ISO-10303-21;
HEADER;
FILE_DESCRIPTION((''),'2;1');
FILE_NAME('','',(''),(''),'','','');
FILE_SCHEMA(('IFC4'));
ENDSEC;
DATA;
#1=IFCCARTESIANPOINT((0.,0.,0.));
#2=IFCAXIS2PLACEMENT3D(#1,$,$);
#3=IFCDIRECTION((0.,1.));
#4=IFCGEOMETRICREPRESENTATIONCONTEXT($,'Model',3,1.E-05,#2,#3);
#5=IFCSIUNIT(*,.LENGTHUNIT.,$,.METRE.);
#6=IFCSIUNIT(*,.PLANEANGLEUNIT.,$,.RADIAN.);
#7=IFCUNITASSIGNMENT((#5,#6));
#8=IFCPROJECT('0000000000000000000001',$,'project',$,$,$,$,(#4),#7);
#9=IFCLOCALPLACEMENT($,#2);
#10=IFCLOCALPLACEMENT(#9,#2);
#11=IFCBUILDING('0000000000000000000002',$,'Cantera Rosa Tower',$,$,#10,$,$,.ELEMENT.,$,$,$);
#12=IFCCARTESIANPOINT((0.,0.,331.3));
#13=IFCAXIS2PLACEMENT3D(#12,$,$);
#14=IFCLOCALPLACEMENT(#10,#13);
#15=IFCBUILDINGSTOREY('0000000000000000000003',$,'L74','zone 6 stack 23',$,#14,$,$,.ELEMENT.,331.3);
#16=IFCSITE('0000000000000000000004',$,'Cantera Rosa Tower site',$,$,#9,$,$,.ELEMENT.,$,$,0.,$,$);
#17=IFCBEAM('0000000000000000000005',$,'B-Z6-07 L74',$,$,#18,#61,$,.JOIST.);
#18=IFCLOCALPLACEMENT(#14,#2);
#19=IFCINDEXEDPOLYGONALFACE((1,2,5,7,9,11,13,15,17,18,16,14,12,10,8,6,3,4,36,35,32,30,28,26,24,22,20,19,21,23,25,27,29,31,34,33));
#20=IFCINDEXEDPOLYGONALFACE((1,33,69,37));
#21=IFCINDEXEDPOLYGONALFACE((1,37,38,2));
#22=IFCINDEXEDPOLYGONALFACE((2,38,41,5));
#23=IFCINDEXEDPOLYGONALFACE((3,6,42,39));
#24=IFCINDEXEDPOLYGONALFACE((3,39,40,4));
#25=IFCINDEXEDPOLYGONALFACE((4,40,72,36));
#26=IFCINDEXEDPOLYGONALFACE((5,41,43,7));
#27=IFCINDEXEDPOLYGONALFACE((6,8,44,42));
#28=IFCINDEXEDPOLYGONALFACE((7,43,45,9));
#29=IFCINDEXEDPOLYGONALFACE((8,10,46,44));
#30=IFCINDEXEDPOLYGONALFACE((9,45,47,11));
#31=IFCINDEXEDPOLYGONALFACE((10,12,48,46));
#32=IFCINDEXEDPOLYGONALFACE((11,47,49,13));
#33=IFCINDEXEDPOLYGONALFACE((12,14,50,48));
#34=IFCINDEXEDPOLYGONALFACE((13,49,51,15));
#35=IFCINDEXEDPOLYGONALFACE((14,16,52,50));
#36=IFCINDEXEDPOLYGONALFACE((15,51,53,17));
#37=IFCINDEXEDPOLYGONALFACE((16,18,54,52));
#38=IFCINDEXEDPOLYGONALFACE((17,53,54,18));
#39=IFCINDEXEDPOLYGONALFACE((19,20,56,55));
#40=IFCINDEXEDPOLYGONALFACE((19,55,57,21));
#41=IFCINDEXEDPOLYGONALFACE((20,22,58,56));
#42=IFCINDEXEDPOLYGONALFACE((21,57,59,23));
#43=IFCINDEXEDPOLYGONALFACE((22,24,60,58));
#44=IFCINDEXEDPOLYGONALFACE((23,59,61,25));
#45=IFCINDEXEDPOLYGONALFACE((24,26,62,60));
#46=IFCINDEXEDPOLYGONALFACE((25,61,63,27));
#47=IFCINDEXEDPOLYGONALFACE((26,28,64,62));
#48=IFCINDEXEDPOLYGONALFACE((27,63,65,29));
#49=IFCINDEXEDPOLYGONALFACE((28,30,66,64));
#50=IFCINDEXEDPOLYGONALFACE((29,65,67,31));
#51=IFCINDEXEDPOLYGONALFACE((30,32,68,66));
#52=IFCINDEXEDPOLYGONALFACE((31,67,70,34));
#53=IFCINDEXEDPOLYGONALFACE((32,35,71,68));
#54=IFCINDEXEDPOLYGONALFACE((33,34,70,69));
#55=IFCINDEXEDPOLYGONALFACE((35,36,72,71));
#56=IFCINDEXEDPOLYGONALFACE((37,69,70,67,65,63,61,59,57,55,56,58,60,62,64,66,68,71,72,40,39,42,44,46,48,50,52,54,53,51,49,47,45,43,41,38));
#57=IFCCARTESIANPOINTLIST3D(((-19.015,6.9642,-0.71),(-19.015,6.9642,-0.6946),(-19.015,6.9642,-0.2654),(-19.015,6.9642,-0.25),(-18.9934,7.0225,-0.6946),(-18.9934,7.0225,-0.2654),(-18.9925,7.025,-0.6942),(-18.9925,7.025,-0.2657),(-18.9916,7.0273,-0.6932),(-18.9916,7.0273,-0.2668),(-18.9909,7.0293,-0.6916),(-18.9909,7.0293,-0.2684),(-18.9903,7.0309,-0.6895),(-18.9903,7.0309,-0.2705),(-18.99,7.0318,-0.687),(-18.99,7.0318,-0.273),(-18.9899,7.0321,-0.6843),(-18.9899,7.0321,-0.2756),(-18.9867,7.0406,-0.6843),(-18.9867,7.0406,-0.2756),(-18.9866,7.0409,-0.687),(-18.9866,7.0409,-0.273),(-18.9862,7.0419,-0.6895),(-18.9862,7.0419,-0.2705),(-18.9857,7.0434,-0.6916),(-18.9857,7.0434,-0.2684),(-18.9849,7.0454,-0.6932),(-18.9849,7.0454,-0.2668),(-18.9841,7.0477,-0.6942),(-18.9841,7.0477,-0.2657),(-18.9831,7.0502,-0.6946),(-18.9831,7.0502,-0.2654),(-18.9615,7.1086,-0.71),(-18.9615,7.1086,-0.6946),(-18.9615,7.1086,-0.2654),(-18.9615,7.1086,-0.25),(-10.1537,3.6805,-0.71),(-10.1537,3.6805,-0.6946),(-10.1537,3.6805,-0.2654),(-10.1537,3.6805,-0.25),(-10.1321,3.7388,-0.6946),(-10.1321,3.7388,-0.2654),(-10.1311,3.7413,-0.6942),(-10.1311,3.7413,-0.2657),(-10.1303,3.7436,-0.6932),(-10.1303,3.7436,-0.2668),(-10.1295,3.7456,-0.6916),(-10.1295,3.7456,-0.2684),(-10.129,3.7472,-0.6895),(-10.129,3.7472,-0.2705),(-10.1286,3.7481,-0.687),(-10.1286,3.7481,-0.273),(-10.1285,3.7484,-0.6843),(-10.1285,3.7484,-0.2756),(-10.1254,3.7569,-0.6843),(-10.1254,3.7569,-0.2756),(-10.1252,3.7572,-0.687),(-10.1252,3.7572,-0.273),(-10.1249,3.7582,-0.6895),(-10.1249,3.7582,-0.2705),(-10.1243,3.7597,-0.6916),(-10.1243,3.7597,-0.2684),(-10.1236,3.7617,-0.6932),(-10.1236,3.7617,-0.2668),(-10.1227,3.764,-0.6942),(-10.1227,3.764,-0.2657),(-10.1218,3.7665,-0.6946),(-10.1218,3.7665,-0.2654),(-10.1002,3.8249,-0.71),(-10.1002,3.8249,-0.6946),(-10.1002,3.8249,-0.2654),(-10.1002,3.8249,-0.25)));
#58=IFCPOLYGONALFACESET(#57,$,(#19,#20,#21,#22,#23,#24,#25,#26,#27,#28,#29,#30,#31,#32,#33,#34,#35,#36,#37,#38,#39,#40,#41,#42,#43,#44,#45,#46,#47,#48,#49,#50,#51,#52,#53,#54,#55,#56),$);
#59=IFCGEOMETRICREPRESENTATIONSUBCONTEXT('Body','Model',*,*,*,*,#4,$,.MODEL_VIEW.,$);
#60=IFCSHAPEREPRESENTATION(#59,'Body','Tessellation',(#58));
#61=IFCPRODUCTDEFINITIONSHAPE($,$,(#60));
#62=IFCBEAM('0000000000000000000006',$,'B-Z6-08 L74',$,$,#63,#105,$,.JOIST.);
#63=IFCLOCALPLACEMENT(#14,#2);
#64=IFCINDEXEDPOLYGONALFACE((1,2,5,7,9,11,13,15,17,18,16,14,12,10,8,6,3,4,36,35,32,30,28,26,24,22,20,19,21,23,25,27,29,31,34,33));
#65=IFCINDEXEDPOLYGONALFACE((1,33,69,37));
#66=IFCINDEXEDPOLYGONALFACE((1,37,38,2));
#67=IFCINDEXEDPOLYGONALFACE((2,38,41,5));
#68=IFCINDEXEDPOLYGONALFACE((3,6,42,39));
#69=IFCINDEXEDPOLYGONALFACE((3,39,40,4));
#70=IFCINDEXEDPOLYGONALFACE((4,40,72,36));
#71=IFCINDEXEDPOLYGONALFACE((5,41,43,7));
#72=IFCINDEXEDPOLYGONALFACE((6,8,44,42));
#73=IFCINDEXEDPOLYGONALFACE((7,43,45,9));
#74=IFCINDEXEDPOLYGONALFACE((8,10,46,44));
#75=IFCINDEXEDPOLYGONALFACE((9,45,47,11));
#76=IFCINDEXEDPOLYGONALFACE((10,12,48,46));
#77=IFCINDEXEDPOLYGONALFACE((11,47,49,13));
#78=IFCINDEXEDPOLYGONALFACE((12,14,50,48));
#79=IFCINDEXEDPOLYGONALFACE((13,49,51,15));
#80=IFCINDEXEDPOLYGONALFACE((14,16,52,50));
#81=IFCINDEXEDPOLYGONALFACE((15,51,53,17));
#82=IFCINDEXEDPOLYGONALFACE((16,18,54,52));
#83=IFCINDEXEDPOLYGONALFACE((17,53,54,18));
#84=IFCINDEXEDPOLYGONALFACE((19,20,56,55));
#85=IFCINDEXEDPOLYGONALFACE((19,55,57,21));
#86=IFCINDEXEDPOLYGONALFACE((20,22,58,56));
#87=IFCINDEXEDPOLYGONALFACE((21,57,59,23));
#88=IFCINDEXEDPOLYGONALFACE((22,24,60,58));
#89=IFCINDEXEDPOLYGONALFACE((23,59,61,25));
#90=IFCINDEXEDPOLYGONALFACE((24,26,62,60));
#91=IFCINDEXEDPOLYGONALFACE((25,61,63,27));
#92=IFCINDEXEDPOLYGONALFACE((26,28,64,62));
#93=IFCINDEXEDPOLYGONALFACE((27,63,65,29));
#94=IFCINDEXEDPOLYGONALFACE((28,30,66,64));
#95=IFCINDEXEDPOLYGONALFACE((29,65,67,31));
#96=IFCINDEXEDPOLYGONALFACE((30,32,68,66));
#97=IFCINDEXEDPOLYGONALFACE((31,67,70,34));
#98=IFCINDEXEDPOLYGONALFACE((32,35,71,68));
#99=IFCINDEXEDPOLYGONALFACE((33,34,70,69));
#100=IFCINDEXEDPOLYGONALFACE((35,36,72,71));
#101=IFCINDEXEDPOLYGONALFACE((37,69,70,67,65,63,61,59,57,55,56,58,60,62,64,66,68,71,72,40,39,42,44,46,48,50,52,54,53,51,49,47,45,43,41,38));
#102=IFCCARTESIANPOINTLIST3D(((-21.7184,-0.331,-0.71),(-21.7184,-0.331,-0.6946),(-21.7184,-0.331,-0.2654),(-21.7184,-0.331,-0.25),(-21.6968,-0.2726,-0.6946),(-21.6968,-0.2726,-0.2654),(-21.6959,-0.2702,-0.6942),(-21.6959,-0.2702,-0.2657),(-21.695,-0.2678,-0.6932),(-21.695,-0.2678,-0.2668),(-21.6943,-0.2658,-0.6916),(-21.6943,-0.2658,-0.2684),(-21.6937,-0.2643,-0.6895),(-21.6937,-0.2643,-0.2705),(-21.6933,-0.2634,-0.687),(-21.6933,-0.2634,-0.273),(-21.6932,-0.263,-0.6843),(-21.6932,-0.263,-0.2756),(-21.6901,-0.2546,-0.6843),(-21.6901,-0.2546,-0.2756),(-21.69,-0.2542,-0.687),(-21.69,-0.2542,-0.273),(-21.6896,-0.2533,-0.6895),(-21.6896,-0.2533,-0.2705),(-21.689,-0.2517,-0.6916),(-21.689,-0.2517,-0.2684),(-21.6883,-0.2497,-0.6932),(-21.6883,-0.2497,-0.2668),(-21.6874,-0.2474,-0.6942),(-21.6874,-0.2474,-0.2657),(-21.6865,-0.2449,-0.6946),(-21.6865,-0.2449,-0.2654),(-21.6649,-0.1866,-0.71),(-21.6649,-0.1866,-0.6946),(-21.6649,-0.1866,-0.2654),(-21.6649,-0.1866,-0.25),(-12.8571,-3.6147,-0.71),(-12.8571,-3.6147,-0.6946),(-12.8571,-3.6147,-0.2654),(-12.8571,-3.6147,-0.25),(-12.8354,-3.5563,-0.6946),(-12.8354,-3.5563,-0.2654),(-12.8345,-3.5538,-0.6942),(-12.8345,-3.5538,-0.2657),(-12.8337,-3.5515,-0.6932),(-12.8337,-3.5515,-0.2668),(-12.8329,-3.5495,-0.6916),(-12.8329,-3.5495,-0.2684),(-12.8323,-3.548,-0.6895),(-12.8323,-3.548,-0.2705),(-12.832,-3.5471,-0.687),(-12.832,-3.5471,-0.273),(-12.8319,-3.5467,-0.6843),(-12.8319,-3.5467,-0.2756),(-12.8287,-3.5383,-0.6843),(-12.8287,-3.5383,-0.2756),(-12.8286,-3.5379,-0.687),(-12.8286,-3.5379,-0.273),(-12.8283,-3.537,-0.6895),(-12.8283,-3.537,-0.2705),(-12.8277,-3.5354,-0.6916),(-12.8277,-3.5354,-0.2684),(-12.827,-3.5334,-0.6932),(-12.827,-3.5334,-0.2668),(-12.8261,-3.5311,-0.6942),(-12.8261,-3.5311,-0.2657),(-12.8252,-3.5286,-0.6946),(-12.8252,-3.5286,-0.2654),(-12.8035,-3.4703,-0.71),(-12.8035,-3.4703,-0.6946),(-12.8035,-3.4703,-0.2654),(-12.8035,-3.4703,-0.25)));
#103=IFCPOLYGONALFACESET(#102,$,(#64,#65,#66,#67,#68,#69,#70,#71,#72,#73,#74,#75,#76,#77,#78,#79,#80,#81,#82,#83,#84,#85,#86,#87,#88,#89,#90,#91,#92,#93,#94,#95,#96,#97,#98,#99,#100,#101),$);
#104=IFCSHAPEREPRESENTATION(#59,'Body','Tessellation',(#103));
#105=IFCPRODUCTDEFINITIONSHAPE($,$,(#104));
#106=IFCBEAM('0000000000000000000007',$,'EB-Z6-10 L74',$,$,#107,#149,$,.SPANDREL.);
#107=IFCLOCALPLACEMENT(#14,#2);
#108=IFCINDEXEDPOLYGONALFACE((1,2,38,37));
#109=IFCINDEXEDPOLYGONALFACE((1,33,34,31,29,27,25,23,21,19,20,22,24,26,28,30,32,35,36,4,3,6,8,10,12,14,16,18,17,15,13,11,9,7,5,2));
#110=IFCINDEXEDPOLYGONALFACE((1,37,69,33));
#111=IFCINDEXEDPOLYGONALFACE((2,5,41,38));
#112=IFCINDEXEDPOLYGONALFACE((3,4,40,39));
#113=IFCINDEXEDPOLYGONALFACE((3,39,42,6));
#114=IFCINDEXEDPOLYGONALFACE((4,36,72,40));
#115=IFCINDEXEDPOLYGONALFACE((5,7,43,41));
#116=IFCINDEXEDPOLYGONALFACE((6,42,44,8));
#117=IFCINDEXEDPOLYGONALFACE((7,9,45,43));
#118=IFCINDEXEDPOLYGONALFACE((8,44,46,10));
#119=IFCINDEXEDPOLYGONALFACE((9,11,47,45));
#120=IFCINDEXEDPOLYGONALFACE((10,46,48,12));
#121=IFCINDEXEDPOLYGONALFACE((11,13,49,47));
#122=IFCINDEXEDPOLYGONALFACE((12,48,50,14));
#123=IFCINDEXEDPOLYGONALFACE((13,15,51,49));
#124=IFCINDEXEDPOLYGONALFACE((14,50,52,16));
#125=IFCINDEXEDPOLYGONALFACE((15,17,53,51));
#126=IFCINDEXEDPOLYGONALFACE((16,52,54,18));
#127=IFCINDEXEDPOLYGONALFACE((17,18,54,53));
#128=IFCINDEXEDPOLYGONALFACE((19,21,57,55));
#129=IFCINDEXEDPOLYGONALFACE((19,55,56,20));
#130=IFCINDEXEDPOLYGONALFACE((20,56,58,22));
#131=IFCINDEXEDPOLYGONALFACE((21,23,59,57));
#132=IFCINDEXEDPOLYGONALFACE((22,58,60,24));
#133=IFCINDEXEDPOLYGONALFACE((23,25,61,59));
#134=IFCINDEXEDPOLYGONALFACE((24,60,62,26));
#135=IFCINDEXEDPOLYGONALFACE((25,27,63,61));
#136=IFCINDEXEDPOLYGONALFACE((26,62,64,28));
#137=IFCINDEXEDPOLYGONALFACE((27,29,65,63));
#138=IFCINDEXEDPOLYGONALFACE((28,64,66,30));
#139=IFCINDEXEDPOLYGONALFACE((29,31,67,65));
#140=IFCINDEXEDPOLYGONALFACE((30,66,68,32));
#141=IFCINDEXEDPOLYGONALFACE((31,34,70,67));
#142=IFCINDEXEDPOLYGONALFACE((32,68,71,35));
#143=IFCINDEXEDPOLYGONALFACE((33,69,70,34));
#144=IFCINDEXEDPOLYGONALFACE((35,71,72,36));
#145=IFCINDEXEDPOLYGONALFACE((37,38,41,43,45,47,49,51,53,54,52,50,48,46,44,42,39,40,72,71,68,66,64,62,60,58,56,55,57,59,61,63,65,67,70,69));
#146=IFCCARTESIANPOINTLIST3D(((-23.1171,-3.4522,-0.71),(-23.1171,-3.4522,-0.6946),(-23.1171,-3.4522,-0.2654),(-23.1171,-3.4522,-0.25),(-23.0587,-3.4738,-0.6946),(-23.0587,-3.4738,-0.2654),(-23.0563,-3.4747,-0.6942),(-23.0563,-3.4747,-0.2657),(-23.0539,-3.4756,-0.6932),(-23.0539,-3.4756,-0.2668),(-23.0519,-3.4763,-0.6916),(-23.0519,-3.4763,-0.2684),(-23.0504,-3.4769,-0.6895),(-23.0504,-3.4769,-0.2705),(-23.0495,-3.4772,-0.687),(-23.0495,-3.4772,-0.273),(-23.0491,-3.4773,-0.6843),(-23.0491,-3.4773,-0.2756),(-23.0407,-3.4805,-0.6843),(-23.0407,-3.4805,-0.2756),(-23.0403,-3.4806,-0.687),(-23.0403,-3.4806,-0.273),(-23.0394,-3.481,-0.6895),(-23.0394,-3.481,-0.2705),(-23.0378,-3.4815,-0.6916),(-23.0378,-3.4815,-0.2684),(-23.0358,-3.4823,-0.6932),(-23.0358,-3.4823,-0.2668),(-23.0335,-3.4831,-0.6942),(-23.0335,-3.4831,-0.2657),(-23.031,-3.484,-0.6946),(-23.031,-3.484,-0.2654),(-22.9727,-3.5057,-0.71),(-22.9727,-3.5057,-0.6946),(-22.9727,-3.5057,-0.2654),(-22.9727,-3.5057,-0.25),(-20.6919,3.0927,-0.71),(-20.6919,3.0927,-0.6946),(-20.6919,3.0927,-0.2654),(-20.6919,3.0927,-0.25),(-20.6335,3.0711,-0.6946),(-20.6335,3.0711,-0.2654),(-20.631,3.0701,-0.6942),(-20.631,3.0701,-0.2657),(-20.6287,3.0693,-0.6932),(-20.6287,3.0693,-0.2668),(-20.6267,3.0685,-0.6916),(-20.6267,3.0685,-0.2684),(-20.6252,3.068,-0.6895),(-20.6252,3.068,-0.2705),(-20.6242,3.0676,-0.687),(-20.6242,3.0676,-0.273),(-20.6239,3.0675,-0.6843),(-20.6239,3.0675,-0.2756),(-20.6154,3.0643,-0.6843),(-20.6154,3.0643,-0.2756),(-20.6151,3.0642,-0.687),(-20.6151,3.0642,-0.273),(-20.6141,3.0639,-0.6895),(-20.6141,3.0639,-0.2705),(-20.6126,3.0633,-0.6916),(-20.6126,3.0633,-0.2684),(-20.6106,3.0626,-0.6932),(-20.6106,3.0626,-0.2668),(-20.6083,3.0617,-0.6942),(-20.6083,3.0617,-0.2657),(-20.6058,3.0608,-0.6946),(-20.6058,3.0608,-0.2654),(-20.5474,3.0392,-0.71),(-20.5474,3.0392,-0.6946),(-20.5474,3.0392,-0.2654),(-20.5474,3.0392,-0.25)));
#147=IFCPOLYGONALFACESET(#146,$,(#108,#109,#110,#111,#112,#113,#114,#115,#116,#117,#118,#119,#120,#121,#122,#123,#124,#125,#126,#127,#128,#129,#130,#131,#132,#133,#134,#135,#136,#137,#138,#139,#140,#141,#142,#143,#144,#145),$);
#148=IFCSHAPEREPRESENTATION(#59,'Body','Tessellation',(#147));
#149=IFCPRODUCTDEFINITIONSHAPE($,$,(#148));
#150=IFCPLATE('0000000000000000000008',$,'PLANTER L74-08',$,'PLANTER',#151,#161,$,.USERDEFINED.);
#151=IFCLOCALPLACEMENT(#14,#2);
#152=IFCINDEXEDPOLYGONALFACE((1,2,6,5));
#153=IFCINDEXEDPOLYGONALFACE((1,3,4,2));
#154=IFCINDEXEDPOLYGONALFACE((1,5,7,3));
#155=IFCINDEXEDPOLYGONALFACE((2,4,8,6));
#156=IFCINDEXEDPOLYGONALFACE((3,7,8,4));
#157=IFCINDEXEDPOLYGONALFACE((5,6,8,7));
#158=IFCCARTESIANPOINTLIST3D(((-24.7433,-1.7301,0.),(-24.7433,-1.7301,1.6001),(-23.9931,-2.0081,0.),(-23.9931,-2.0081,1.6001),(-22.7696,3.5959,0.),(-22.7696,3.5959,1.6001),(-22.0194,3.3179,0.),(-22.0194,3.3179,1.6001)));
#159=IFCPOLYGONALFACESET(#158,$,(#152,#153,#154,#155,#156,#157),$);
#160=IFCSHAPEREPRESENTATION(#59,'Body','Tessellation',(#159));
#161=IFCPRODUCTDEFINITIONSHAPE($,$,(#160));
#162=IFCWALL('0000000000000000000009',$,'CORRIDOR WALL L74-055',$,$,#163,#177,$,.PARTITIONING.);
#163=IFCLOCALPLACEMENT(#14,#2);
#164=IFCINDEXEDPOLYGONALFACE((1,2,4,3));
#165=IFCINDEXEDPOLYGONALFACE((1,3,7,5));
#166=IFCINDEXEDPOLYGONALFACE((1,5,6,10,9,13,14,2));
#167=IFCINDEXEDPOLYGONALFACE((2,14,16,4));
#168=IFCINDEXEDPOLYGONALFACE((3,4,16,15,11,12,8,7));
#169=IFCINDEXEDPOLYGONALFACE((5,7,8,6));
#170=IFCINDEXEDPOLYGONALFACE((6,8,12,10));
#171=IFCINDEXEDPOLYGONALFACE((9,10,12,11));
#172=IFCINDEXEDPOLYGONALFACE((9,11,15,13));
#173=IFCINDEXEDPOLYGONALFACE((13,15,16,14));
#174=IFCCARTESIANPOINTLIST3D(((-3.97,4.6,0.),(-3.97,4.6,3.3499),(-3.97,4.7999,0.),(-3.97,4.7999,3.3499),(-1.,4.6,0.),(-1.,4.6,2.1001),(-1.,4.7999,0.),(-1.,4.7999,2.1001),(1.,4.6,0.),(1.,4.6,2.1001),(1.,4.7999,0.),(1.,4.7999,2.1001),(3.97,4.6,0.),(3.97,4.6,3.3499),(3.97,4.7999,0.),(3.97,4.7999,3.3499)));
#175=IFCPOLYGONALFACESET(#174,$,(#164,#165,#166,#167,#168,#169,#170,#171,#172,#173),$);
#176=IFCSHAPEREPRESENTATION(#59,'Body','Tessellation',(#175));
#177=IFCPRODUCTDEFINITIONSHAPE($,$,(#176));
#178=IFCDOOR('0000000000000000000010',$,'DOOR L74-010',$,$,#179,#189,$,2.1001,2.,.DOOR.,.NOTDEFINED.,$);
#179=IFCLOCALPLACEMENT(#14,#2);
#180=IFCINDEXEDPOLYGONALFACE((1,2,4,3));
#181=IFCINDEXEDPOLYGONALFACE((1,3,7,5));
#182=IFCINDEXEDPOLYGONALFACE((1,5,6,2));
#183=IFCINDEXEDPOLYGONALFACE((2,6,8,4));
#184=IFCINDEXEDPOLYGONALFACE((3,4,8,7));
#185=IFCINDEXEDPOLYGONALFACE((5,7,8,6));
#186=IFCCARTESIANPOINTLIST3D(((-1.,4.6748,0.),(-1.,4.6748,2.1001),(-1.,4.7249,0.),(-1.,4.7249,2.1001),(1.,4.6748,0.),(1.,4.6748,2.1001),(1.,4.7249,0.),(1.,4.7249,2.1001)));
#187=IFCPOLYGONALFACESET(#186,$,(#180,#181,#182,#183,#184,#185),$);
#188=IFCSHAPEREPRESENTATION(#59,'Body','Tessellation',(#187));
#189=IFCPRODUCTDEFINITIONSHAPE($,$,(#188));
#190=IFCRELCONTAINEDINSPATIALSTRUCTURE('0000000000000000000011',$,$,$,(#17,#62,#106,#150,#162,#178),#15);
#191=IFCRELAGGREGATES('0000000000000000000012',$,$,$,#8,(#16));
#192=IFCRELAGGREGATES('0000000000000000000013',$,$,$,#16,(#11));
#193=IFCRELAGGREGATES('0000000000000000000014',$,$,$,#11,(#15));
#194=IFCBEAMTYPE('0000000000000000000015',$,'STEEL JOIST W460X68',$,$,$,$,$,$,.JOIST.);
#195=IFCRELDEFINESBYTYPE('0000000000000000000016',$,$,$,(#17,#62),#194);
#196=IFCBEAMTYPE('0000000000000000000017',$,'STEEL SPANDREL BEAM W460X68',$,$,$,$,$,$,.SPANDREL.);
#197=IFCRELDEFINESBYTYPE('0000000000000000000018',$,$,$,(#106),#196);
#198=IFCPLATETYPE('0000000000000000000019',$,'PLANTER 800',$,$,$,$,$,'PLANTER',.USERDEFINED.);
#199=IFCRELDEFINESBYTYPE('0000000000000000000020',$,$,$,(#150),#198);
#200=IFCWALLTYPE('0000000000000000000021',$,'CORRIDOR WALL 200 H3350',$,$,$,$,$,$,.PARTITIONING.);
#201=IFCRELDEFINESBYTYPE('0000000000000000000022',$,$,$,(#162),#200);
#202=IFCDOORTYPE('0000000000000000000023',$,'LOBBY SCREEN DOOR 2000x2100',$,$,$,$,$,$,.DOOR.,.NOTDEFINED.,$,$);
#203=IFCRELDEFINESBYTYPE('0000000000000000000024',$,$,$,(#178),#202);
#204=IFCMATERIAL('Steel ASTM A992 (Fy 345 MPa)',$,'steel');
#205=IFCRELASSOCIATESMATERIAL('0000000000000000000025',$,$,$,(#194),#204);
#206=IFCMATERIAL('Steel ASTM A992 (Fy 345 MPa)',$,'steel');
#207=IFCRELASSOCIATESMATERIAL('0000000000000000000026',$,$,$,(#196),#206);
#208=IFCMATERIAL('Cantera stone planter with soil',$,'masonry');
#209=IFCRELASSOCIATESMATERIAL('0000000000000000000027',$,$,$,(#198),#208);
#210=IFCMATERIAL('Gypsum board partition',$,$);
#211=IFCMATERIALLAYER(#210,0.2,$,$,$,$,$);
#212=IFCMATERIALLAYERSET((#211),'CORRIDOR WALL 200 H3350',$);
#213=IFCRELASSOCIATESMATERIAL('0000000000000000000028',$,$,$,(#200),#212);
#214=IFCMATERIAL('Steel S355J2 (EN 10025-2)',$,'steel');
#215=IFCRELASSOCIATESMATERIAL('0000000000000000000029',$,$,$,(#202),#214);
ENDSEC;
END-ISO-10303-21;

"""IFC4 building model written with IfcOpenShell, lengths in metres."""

from ifc_helpers import new_model, si_unit, direction, frame, frame_2d, origin, origin_2d, place, context, subcontext, project, spatial, rectangle, i_section, extrude, material, layer, layer_set, material_profile, profile_set, type_object, element, fill, save


model = new_model("IFC4")

# Units and contexts
model_context = context("Model", 3, precision=1e-05, world=origin(), true_north=direction((0.0, 1.0)))
body_context = subcontext(model_context, "Body", "Model", "MODEL_VIEW")
ifc_project = project(units=[si_unit("LENGTHUNIT", "METRE"), si_unit("PLANEANGLEUNIT", "RADIAN")], contexts=[model_context])

# Site, building, storey
site_placement = place(None, origin())
site = spatial("IfcSite", under=ifc_project, at=site_placement, Name="Cantera Rosa Tower site", CompositionType="ELEMENT", RefElevation=0.0)
building_placement = place(site_placement, origin())
building = spatial("IfcBuilding", under=site, at=building_placement, Name="Cantera Rosa Tower", CompositionType="ELEMENT")
storey_placement = place(building_placement, frame((0.0, 0.0, 331.3)))
storey = spatial("IfcBuildingStorey", under=building, at=storey_placement, Name="L74", Description="zone 6 stack 23", CompositionType="ELEMENT", Elevation=331.3)

# Beams
ifc_material_1 = material(Name="Steel ASTM A992 (Fy 345 MPa)", Category="steel")
ifc_material_profile_1 = material_profile(ifc_material_1, i_section(OverallWidth=0.1541, OverallDepth=0.46, WebThickness=0.009, FlangeThickness=0.0154, FilletRadius=0.0103, at=origin_2d()), Name="W460X68")
ifc_profile_set_1 = profile_set([ifc_material_profile_1], Name="Steel ASTM A992 (Fy 345 MPa)")
beam_type_1 = type_object("IfcBeamType", Name="STEEL JOIST W460X68", PredefinedType="JOIST", material=ifc_profile_set_1)
for number, where, z_axis, x_axis, name in (
    (1, (-18.9883, 7.0364, -0.48), (0.93769, -0.347474, 0.0), (0.347474, 0.93769, 0.0), "B-Z6-07 L74"),
    (2, (-21.6917, -0.2588, -0.48), (0.93769, -0.347474, 0.0), (0.347474, 0.93769, 0.0), "B-Z6-08 L74"),
):
    element("IfcBeam", number, at=place(storey_placement, frame(where, z_axis=z_axis, x_axis=x_axis)), inside=storey, type_object=beam_type_1, Name=name, PredefinedType="JOIST", context=body_context, shape_type="SweptSolid", body=[
        extrude(i_section(OverallWidth=0.1541, OverallDepth=0.46, WebThickness=0.009, FlangeThickness=0.0154, FilletRadius=0.0103, at=origin_2d()), origin(), (0.0, 0.0, 1.0), 9.4502),
    ])
ifc_material_2 = material(Name="Steel ASTM A992 (Fy 345 MPa)", Category="steel")
ifc_material_profile_2 = material_profile(ifc_material_2, i_section(OverallWidth=0.1541, OverallDepth=0.46, WebThickness=0.009, FlangeThickness=0.0154, FilletRadius=0.0103, at=origin_2d()), Name="W460X68")
ifc_profile_set_2 = profile_set([ifc_material_profile_2], Name="Steel ASTM A992 (Fy 345 MPa)")
beam_type_2 = type_object("IfcBeamType", Name="STEEL SPANDREL BEAM W460X68", PredefinedType="SPANDREL", material=ifc_profile_set_2)
beam_1_placement = place(storey_placement, frame((-20.6196, 3.0659, -0.48), z_axis=(-0.347472, -0.937691, 0.0), x_axis=(0.937691, -0.347472, 0.0)))
element("IfcBeam", 3, at=beam_1_placement, inside=storey, type_object=beam_type_2, Name="EB-Z6-10 L74", PredefinedType="SPANDREL", context=body_context, shape_type="SweptSolid", body=[
    extrude(i_section(OverallWidth=0.1541, OverallDepth=0.46, WebThickness=0.009, FlangeThickness=0.0154, FilletRadius=0.0103, at=origin_2d()), origin(), (0.0, 0.0, 1.0), 6.9797),
])

# Plate
ifc_material_3 = material(Name="Cantera stone planter with soil", Category="masonry")
plate_type = type_object("IfcPlateType", Name="PLANTER 800", ElementType="PLANTER", PredefinedType="USERDEFINED", material=ifc_material_3)
plate_placement = place(storey_placement, frame((-23.3813, 0.7939, 0.0), z_axis=(0.0, 0.0, 1.0), x_axis=(-0.347481, -0.937687, 0.0)))
element("IfcPlate", 4, at=plate_placement, inside=storey, type_object=plate_type, Name="PLANTER L74-08", ObjectType="PLANTER", PredefinedType="USERDEFINED", context=body_context, shape_type="SweptSolid", body=[
    extrude(rectangle(XDim=5.6799, YDim=0.8, at=origin_2d()), origin(), (0.0, 0.0, 1.0), 1.6001),
])

# Wall, opening, door
ifc_material_4 = material(Name="Gypsum board partition")
ifc_layer_1 = layer(ifc_material_4, 0.2)
ifc_layer_set_1 = layer_set([ifc_layer_1], Name="CORRIDOR WALL 200 H3350")
wall_type_1 = type_object("IfcWallType", Name="CORRIDOR WALL 200 H3350", PredefinedType="PARTITIONING", material=ifc_layer_set_1)
wall_1_placement = place(storey_placement, frame((-3.97, 4.7, 0.0), z_axis=(0.0, 0.0, 1.0), x_axis=(1.0, 0.0, 0.0)))
wall_1 = element("IfcWall", 5, at=wall_1_placement, inside=storey, type_object=wall_type_1, Name="CORRIDOR WALL L74-055", PredefinedType="PARTITIONING", context=body_context, shape_type="SweptSolid", body=[
    extrude(rectangle(XDim=7.9399, YDim=0.2, at=frame_2d((3.97, 0.0))), origin(), (0.0, 0.0, 1.0), 3.3499),
])
opening_1_placement = place(wall_1_placement, frame((2.97, 0.0, 0.0)))
opening_1 = element("IfcOpeningElement", 6, at=opening_1_placement, cuts=wall_1, PredefinedType="OPENING", context=body_context, shape_type="SweptSolid", body=[
    extrude(rectangle(XDim=2.0, YDim=2.1001, at=frame_2d((1.0, 1.05))), frame((0.0, 0.1099, 0.0), z_axis=(0.0, -1.0, 0.0), x_axis=(1.0, 0.0, 0.0)), (0.0, 0.0, 1.0), 0.22),
])
ifc_material_5 = material(Name="Steel S355J2 (EN 10025-2)", Category="steel")
door_type_1 = type_object("IfcDoorType", Name="LOBBY SCREEN DOOR 2000x2100", OperationType="NOTDEFINED", PredefinedType="DOOR", material=ifc_material_5)
door_1_placement = place(opening_1_placement, origin())
door_1 = element("IfcDoor", 7, at=door_1_placement, inside=storey, type_object=door_type_1, Name="DOOR L74-010", OperationType="NOTDEFINED", OverallHeight=2.1001, OverallWidth=2.0, PredefinedType="DOOR", context=body_context, shape_type="SweptSolid", body=[
    extrude(rectangle(XDim=2.0, YDim=2.1001, at=frame_2d((1.0, 1.05))), frame((0.0, 0.0249, 0.0), z_axis=(0.0, -1.0, 0.0), x_axis=(1.0, 0.0, 0.0)), (0.0, 0.0, 1.0), 0.05),
])
fill(opening_1, door_1)

save(model, "model.ifc")
